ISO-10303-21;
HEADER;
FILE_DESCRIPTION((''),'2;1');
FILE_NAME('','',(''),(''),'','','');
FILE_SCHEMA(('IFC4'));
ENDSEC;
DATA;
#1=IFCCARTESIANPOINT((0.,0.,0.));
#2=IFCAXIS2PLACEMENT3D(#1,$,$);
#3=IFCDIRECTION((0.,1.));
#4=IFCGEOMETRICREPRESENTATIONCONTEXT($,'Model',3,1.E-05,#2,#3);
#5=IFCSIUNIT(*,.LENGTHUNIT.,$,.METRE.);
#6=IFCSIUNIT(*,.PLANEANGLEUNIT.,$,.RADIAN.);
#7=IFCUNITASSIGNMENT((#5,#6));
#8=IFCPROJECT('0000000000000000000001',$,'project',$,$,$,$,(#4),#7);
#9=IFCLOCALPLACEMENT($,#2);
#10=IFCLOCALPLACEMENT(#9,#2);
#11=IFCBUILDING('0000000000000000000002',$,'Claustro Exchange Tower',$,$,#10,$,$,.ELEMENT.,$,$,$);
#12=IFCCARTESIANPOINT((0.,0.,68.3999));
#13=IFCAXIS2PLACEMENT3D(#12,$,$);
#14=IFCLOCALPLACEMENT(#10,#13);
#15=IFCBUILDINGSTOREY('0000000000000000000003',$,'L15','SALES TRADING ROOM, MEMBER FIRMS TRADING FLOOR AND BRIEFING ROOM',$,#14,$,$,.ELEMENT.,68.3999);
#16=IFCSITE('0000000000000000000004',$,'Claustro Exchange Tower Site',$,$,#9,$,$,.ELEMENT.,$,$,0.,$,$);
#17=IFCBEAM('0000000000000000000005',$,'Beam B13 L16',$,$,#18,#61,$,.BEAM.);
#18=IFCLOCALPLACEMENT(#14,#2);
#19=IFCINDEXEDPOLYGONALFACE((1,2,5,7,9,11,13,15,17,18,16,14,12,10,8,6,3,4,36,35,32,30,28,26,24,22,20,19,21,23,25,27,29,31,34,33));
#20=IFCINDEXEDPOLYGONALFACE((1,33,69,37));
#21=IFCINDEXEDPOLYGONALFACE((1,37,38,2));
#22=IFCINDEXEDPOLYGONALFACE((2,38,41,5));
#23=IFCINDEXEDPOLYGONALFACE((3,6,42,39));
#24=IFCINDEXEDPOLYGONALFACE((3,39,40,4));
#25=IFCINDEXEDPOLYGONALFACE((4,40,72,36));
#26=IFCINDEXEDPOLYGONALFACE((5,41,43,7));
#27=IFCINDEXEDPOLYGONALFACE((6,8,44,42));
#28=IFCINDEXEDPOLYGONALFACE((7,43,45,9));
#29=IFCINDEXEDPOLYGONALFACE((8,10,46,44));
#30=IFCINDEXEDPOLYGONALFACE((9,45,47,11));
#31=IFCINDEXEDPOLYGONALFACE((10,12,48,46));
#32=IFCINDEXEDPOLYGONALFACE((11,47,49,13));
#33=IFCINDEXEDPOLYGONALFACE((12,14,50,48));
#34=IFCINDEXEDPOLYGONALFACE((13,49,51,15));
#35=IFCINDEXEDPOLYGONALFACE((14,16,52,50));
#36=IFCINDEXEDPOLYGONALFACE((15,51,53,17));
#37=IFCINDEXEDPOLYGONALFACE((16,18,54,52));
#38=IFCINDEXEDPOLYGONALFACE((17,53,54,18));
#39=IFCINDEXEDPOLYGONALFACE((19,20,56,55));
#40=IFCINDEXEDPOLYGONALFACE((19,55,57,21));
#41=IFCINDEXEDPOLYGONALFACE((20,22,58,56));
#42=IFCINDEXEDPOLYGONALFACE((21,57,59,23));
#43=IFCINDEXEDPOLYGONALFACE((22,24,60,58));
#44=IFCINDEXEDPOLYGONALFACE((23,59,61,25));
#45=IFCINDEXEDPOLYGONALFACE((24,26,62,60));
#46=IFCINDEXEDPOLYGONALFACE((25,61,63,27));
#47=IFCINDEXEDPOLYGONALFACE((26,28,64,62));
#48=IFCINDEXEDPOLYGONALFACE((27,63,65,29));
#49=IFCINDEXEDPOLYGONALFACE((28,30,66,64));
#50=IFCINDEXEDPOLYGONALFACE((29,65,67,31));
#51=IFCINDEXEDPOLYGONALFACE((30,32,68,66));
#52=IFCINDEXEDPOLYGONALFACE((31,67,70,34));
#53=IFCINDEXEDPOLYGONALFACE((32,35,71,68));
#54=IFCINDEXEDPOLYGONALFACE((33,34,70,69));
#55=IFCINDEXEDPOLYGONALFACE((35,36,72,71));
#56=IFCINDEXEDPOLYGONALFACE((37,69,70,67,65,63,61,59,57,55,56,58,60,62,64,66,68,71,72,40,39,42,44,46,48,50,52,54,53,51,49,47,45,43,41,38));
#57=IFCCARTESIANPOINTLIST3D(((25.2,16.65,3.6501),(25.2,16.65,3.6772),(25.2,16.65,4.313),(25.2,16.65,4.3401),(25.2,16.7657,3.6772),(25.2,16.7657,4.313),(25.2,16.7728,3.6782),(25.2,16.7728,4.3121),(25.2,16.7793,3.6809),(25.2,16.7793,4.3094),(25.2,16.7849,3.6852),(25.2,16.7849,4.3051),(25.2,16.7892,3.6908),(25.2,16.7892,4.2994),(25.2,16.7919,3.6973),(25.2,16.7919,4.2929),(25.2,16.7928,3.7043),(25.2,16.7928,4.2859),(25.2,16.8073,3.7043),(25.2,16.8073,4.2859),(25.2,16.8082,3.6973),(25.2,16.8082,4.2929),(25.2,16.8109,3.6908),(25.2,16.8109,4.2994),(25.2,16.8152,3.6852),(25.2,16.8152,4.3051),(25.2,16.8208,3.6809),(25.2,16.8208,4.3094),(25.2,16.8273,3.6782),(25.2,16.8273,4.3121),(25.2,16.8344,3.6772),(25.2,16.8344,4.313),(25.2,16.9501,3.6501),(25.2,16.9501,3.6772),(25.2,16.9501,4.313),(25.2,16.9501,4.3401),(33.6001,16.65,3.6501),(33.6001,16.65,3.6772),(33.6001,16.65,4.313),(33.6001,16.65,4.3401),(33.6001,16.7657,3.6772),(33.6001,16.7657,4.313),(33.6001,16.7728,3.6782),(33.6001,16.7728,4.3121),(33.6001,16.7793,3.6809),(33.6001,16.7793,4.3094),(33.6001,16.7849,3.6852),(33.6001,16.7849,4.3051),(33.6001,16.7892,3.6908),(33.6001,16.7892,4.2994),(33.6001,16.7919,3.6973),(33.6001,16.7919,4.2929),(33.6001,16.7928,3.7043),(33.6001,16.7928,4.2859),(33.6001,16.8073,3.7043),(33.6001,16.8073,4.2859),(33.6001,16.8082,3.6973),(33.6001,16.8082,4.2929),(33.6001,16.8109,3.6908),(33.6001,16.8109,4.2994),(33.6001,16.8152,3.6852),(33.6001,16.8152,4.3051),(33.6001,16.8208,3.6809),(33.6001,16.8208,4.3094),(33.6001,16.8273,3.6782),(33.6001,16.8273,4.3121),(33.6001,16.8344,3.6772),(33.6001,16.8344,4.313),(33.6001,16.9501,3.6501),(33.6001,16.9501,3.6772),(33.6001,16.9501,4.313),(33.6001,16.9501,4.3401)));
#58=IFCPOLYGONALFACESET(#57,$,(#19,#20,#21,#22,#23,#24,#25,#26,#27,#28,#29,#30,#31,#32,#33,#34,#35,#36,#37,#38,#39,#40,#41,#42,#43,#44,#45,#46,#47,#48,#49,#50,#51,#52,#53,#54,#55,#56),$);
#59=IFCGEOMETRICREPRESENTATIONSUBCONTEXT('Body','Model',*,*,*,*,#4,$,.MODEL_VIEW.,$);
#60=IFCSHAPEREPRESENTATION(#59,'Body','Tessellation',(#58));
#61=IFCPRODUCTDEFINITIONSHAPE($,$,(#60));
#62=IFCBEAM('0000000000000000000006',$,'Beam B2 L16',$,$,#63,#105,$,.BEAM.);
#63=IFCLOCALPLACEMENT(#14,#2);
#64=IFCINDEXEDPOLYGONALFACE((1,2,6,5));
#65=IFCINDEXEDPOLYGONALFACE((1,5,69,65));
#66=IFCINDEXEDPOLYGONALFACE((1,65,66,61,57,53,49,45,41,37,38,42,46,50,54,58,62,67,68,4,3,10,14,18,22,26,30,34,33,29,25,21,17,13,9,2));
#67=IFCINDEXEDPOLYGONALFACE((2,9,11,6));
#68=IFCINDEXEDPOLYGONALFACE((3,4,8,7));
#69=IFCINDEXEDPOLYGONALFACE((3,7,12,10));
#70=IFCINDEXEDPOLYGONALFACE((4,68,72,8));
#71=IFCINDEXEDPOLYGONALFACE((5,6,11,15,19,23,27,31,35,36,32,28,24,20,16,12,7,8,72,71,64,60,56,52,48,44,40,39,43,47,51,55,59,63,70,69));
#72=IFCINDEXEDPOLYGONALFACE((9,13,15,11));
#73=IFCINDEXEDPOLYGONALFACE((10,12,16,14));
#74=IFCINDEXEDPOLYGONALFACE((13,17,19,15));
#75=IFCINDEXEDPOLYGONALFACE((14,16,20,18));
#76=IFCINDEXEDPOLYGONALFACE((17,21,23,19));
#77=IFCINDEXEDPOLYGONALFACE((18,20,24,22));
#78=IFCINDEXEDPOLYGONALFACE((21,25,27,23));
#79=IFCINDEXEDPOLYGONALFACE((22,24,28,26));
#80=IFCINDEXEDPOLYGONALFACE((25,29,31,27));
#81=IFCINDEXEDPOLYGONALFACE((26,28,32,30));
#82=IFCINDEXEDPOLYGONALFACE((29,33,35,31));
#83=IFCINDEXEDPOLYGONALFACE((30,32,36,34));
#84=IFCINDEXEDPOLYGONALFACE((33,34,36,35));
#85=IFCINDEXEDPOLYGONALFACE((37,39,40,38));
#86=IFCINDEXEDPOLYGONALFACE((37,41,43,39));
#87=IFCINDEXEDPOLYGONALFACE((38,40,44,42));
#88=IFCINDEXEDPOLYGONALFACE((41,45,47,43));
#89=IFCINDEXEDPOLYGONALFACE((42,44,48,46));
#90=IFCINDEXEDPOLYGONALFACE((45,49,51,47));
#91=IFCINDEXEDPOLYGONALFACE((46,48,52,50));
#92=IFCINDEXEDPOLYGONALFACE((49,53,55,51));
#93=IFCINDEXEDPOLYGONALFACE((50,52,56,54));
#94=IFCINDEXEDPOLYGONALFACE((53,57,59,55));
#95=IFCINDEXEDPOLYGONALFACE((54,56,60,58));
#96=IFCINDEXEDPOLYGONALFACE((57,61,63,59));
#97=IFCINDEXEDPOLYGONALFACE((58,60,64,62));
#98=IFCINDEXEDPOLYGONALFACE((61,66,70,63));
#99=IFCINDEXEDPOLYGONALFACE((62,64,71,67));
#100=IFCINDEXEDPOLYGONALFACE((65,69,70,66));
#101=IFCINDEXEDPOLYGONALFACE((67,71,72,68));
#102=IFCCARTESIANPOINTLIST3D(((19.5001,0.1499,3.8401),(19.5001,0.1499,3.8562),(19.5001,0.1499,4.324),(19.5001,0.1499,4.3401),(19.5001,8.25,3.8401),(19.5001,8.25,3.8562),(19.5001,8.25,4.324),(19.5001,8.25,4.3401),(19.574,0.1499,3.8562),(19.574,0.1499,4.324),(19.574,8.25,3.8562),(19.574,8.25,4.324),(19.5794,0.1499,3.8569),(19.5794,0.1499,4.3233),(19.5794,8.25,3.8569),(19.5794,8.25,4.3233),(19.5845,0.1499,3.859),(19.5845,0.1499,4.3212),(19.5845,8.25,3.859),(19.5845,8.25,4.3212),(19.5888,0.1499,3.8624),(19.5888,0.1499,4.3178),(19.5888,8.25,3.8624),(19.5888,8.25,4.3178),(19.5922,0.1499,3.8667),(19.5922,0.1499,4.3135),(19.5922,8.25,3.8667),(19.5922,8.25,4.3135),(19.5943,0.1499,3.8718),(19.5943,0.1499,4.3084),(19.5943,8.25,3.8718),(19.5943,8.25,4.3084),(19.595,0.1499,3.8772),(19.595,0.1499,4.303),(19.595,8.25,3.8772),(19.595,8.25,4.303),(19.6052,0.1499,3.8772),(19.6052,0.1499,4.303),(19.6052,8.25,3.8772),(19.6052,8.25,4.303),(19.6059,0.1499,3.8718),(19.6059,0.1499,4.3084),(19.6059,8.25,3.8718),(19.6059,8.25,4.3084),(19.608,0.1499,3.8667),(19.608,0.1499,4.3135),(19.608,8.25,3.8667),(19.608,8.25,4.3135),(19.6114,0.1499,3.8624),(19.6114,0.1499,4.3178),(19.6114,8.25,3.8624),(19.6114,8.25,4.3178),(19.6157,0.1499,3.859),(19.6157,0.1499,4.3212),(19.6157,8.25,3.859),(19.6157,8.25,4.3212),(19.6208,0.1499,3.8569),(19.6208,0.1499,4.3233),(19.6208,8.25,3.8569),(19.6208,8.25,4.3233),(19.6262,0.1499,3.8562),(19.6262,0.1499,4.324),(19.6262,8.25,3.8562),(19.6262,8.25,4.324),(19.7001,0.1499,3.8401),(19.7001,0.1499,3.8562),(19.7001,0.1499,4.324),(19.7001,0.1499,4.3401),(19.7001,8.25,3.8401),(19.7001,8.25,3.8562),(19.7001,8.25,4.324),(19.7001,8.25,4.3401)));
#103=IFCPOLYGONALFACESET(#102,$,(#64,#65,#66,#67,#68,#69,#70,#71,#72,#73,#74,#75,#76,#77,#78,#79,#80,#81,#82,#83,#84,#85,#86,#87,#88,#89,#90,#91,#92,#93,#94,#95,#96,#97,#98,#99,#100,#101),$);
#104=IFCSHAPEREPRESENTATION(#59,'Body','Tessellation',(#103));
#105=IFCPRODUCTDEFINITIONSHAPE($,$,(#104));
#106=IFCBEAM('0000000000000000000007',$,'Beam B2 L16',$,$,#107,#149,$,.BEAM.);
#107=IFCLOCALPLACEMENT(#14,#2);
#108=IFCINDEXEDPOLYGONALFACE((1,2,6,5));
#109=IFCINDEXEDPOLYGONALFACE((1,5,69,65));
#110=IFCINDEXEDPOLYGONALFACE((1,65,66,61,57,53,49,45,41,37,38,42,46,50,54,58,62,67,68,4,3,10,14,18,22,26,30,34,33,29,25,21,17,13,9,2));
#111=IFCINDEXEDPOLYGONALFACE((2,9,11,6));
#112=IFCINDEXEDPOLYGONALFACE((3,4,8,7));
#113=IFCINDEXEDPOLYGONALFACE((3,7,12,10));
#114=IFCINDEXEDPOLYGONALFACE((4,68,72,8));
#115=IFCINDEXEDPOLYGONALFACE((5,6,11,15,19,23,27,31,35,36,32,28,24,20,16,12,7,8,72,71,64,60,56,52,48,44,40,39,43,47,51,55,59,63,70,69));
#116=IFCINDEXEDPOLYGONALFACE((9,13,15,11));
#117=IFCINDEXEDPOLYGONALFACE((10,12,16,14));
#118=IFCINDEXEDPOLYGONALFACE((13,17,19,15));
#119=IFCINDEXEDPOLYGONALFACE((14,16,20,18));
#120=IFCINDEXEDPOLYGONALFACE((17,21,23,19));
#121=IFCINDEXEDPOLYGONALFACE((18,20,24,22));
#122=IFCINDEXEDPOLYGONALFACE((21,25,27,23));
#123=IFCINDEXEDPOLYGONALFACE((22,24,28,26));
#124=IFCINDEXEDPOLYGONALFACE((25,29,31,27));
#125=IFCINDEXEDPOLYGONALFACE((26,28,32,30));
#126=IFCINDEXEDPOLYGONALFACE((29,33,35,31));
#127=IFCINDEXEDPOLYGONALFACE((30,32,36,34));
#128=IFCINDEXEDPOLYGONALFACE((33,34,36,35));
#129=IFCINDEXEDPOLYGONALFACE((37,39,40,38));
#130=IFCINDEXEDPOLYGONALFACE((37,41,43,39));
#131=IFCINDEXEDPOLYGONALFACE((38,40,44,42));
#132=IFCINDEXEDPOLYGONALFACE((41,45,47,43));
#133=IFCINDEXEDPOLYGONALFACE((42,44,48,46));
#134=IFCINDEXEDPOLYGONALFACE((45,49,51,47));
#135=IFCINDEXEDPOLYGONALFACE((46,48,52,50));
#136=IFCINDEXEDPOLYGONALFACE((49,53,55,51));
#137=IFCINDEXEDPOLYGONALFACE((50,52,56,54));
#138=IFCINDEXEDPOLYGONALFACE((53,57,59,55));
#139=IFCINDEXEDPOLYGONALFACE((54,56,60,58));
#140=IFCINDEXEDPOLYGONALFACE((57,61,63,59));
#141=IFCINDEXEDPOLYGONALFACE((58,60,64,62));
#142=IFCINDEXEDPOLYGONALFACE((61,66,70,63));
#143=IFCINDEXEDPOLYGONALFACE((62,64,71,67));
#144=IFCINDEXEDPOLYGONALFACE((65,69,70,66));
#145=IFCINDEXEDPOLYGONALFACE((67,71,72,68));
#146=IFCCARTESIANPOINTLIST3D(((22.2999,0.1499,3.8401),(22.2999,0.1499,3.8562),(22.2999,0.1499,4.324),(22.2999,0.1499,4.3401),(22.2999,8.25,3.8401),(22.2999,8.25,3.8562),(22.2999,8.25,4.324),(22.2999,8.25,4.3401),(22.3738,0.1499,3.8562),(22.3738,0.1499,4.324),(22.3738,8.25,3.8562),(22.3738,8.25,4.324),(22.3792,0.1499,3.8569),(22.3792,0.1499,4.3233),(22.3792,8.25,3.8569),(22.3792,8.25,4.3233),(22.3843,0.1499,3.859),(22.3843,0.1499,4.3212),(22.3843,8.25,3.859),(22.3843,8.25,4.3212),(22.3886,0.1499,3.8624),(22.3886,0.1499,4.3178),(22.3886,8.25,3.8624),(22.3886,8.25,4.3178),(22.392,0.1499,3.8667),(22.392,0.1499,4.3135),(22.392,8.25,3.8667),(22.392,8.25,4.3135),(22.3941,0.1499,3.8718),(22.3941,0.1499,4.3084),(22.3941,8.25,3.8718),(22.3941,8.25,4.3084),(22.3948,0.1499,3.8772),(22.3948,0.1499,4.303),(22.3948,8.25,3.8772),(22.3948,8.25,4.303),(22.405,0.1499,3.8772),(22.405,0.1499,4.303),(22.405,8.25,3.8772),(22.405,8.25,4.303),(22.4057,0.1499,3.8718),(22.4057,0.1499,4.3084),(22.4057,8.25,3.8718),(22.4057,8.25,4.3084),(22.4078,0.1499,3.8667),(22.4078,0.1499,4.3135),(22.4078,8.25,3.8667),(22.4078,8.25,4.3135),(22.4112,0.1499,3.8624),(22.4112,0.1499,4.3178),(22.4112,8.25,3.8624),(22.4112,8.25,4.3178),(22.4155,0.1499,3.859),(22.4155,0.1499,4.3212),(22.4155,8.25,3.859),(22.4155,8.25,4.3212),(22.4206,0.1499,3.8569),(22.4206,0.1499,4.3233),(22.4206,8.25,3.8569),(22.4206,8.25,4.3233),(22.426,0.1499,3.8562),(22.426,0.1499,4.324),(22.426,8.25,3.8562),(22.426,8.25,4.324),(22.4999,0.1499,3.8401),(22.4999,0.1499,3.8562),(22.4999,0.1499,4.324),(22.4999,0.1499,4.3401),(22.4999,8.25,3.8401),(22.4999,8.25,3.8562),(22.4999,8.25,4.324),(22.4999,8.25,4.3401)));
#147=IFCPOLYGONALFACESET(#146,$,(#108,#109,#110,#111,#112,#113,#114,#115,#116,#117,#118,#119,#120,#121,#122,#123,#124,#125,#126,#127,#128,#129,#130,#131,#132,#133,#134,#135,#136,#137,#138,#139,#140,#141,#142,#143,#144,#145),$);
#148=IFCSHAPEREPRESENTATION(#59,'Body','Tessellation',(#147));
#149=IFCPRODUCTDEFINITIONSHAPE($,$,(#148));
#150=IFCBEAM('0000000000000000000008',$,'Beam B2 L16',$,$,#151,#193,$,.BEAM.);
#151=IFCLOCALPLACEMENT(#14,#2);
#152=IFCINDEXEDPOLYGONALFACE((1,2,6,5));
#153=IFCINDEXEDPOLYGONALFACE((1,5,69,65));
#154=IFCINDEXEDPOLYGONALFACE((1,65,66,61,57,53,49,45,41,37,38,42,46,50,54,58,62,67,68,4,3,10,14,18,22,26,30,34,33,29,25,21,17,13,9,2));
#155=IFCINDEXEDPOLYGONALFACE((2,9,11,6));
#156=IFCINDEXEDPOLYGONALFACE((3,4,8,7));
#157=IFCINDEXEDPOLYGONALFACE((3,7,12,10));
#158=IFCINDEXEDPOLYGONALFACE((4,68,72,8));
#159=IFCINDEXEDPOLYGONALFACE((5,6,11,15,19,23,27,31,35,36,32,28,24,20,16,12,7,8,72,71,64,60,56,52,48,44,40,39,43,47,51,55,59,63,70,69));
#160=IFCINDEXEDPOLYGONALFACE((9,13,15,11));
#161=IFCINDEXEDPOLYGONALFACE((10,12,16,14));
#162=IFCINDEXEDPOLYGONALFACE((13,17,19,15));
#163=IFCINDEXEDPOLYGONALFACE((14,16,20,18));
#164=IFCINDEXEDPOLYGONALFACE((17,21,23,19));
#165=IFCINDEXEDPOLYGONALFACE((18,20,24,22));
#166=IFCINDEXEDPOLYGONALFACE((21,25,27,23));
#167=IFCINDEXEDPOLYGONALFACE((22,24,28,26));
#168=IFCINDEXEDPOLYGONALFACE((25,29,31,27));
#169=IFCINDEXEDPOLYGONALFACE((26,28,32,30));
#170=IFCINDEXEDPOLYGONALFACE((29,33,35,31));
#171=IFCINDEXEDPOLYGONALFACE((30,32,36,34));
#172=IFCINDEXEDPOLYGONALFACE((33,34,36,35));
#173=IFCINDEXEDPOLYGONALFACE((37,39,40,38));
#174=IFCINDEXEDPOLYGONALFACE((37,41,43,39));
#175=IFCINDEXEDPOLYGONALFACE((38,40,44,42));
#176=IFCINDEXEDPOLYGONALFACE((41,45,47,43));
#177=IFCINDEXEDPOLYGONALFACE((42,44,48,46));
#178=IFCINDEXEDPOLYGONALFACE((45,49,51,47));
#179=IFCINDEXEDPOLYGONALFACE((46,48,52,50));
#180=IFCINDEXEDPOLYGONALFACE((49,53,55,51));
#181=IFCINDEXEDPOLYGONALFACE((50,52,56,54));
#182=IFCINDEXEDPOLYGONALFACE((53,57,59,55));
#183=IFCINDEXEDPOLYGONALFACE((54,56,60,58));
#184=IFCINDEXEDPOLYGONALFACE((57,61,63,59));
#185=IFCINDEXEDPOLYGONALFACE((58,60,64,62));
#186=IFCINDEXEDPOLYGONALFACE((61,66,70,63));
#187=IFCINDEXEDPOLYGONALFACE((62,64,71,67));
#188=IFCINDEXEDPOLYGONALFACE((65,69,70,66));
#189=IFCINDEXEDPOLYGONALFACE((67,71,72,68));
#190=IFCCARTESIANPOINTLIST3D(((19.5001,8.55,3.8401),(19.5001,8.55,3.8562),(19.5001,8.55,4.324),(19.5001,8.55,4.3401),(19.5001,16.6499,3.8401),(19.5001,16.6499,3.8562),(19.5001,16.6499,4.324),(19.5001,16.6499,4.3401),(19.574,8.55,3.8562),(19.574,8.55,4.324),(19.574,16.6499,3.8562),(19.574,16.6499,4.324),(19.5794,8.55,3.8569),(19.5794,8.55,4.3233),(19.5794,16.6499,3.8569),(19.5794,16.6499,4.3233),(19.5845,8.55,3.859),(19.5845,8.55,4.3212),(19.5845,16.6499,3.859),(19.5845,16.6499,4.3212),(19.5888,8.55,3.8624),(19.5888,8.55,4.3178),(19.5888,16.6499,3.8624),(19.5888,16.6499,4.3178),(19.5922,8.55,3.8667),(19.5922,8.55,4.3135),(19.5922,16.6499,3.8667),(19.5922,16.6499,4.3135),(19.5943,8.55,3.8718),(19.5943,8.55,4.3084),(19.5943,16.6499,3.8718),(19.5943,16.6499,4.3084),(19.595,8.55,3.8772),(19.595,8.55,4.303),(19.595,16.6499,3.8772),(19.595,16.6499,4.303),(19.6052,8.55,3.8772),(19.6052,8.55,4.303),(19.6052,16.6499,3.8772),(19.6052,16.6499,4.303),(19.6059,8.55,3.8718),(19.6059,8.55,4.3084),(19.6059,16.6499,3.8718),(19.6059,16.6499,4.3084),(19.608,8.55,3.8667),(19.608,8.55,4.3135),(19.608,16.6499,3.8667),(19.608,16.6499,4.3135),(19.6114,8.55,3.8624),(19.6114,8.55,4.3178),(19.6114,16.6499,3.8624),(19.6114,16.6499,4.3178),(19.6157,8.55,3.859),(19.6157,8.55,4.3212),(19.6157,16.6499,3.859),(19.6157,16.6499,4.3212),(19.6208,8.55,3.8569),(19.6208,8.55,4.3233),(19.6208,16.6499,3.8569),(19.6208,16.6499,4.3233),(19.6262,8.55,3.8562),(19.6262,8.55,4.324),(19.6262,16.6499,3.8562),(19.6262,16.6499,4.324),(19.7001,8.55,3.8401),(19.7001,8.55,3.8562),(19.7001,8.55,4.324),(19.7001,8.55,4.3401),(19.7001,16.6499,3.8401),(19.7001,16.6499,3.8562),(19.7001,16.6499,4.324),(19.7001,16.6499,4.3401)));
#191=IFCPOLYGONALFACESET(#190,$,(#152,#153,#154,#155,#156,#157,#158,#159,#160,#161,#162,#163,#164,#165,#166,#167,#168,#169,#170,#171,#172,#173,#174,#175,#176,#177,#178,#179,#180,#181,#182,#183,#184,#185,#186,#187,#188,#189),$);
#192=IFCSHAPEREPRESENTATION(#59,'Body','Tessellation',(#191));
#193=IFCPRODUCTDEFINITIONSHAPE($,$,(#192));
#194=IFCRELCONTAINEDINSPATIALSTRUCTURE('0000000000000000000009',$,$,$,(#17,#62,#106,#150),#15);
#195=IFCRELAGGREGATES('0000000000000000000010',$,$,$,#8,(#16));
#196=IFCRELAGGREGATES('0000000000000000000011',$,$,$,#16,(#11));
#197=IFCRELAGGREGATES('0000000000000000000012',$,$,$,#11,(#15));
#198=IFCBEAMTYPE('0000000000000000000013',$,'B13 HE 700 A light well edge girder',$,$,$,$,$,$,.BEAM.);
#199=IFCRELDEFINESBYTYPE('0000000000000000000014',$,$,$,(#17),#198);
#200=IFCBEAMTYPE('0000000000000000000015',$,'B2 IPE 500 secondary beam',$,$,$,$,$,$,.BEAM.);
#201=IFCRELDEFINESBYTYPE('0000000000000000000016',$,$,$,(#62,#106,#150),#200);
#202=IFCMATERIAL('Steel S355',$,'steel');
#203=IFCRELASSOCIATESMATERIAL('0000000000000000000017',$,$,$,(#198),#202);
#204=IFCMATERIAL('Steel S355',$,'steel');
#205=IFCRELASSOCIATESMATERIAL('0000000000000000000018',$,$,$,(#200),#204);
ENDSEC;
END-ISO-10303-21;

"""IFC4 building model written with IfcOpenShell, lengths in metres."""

from ifc_helpers import new_model, si_unit, direction, frame, origin, origin_2d, place, context, subcontext, project, spatial, i_section, extrude, material, material_profile, profile_set, type_object, element, save


model = new_model("IFC4")

# Units and contexts
model_context = context("Model", 3, precision=1e-05, world=origin(), true_north=direction((0.0, 1.0)))
body_context = subcontext(model_context, "Body", "Model", "MODEL_VIEW")
ifc_project = project(units=[si_unit("LENGTHUNIT", "METRE"), si_unit("PLANEANGLEUNIT", "RADIAN")], contexts=[model_context])

# Site, building, storey
site_placement = place(None, origin())
site = spatial("IfcSite", under=ifc_project, at=site_placement, Name="Claustro Exchange Tower Site", CompositionType="ELEMENT", RefElevation=0.0)
building_placement = place(site_placement, origin())
building = spatial("IfcBuilding", under=site, at=building_placement, Name="Claustro Exchange Tower", CompositionType="ELEMENT")
storey_placement = place(building_placement, frame((0.0, 0.0, 68.3999)))
storey = spatial("IfcBuildingStorey", under=building, at=storey_placement, Name="L15", Description="SALES TRADING ROOM, MEMBER FIRMS TRADING FLOOR AND BRIEFING ROOM", CompositionType="ELEMENT", Elevation=68.3999)

# Beams
ifc_material_1 = material(Name="Steel S355", Category="steel")
ifc_material_profile_1 = material_profile(ifc_material_1, i_section(OverallWidth=0.3, OverallDepth=0.6899, WebThickness=0.0144, FlangeThickness=0.0271, FilletRadius=0.0271, at=origin_2d()), Name="HE 700 A")
ifc_profile_set_1 = profile_set([ifc_material_profile_1], Name="Steel S355")
beam_type_1 = type_object("IfcBeamType", Name="B13 HE 700 A light well edge girder", PredefinedType="BEAM", material=ifc_profile_set_1)
beam_1_placement = place(storey_placement, frame((25.2, 16.8, 3.9951), z_axis=(1.0, 0.0, 0.0), x_axis=(0.0, 1.0, 0.0)))
element("IfcBeam", 1, at=beam_1_placement, inside=storey, type_object=beam_type_1, Name="Beam B13 L16", PredefinedType="BEAM", context=body_context, shape_type="SweptSolid", body=[
    extrude(i_section(OverallWidth=0.3, OverallDepth=0.6899, WebThickness=0.0144, FlangeThickness=0.0271, FilletRadius=0.0271, at=origin_2d()), origin(), (0.0, 0.0, 1.0), 8.4001),
])
ifc_material_2 = material(Name="Steel S355", Category="steel")
ifc_material_profile_2 = material_profile(ifc_material_2, i_section(OverallWidth=0.2, OverallDepth=0.5, WebThickness=0.0103, FlangeThickness=0.0161, FilletRadius=0.021, at=origin_2d()), Name="IPE 500")
ifc_profile_set_2 = profile_set([ifc_material_profile_2], Name="Steel S355")
beam_type_2 = type_object("IfcBeamType", Name="B2 IPE 500 secondary beam", PredefinedType="BEAM", material=ifc_profile_set_2)
for number, where, z_axis, x_axis, name in (
    (2, (19.6001, 0.1499, 4.0901), (0.0, 1.0, 0.0), (-1.0, 0.0, 0.0), "Beam B2 L16"),
    (3, (22.3999, 0.1499, 4.0901), (0.0, 1.0, 0.0), (-1.0, 0.0, 0.0), "Beam B2 L16"),
):
    element("IfcBeam", number, at=place(storey_placement, frame(where, z_axis=z_axis, x_axis=x_axis)), inside=storey, type_object=beam_type_2, Name=name, PredefinedType="BEAM", context=body_context, shape_type="SweptSolid", body=[
        extrude(i_section(OverallWidth=0.2, OverallDepth=0.5, WebThickness=0.0103, FlangeThickness=0.0161, FilletRadius=0.021, at=origin_2d()), origin(), (0.0, 0.0, 1.0), 8.1001),
    ])
for number, where, z_axis, x_axis, name in (
    (4, (19.6001, 8.55, 4.0901), (0.0, 1.0, 0.0), (-1.0, 0.0, 0.0), "Beam B2 L16"),
):
    element("IfcBeam", number, at=place(storey_placement, frame(where, z_axis=z_axis, x_axis=x_axis)), inside=storey, type_object=beam_type_2, Name=name, PredefinedType="BEAM", context=body_context, shape_type="SweptSolid", body=[
        extrude(i_section(OverallWidth=0.2, OverallDepth=0.5, WebThickness=0.0103, FlangeThickness=0.0161, FilletRadius=0.021, at=origin_2d()), origin(), (0.0, 0.0, 1.0), 8.0999),
    ])

save(model, "model.ifc")
